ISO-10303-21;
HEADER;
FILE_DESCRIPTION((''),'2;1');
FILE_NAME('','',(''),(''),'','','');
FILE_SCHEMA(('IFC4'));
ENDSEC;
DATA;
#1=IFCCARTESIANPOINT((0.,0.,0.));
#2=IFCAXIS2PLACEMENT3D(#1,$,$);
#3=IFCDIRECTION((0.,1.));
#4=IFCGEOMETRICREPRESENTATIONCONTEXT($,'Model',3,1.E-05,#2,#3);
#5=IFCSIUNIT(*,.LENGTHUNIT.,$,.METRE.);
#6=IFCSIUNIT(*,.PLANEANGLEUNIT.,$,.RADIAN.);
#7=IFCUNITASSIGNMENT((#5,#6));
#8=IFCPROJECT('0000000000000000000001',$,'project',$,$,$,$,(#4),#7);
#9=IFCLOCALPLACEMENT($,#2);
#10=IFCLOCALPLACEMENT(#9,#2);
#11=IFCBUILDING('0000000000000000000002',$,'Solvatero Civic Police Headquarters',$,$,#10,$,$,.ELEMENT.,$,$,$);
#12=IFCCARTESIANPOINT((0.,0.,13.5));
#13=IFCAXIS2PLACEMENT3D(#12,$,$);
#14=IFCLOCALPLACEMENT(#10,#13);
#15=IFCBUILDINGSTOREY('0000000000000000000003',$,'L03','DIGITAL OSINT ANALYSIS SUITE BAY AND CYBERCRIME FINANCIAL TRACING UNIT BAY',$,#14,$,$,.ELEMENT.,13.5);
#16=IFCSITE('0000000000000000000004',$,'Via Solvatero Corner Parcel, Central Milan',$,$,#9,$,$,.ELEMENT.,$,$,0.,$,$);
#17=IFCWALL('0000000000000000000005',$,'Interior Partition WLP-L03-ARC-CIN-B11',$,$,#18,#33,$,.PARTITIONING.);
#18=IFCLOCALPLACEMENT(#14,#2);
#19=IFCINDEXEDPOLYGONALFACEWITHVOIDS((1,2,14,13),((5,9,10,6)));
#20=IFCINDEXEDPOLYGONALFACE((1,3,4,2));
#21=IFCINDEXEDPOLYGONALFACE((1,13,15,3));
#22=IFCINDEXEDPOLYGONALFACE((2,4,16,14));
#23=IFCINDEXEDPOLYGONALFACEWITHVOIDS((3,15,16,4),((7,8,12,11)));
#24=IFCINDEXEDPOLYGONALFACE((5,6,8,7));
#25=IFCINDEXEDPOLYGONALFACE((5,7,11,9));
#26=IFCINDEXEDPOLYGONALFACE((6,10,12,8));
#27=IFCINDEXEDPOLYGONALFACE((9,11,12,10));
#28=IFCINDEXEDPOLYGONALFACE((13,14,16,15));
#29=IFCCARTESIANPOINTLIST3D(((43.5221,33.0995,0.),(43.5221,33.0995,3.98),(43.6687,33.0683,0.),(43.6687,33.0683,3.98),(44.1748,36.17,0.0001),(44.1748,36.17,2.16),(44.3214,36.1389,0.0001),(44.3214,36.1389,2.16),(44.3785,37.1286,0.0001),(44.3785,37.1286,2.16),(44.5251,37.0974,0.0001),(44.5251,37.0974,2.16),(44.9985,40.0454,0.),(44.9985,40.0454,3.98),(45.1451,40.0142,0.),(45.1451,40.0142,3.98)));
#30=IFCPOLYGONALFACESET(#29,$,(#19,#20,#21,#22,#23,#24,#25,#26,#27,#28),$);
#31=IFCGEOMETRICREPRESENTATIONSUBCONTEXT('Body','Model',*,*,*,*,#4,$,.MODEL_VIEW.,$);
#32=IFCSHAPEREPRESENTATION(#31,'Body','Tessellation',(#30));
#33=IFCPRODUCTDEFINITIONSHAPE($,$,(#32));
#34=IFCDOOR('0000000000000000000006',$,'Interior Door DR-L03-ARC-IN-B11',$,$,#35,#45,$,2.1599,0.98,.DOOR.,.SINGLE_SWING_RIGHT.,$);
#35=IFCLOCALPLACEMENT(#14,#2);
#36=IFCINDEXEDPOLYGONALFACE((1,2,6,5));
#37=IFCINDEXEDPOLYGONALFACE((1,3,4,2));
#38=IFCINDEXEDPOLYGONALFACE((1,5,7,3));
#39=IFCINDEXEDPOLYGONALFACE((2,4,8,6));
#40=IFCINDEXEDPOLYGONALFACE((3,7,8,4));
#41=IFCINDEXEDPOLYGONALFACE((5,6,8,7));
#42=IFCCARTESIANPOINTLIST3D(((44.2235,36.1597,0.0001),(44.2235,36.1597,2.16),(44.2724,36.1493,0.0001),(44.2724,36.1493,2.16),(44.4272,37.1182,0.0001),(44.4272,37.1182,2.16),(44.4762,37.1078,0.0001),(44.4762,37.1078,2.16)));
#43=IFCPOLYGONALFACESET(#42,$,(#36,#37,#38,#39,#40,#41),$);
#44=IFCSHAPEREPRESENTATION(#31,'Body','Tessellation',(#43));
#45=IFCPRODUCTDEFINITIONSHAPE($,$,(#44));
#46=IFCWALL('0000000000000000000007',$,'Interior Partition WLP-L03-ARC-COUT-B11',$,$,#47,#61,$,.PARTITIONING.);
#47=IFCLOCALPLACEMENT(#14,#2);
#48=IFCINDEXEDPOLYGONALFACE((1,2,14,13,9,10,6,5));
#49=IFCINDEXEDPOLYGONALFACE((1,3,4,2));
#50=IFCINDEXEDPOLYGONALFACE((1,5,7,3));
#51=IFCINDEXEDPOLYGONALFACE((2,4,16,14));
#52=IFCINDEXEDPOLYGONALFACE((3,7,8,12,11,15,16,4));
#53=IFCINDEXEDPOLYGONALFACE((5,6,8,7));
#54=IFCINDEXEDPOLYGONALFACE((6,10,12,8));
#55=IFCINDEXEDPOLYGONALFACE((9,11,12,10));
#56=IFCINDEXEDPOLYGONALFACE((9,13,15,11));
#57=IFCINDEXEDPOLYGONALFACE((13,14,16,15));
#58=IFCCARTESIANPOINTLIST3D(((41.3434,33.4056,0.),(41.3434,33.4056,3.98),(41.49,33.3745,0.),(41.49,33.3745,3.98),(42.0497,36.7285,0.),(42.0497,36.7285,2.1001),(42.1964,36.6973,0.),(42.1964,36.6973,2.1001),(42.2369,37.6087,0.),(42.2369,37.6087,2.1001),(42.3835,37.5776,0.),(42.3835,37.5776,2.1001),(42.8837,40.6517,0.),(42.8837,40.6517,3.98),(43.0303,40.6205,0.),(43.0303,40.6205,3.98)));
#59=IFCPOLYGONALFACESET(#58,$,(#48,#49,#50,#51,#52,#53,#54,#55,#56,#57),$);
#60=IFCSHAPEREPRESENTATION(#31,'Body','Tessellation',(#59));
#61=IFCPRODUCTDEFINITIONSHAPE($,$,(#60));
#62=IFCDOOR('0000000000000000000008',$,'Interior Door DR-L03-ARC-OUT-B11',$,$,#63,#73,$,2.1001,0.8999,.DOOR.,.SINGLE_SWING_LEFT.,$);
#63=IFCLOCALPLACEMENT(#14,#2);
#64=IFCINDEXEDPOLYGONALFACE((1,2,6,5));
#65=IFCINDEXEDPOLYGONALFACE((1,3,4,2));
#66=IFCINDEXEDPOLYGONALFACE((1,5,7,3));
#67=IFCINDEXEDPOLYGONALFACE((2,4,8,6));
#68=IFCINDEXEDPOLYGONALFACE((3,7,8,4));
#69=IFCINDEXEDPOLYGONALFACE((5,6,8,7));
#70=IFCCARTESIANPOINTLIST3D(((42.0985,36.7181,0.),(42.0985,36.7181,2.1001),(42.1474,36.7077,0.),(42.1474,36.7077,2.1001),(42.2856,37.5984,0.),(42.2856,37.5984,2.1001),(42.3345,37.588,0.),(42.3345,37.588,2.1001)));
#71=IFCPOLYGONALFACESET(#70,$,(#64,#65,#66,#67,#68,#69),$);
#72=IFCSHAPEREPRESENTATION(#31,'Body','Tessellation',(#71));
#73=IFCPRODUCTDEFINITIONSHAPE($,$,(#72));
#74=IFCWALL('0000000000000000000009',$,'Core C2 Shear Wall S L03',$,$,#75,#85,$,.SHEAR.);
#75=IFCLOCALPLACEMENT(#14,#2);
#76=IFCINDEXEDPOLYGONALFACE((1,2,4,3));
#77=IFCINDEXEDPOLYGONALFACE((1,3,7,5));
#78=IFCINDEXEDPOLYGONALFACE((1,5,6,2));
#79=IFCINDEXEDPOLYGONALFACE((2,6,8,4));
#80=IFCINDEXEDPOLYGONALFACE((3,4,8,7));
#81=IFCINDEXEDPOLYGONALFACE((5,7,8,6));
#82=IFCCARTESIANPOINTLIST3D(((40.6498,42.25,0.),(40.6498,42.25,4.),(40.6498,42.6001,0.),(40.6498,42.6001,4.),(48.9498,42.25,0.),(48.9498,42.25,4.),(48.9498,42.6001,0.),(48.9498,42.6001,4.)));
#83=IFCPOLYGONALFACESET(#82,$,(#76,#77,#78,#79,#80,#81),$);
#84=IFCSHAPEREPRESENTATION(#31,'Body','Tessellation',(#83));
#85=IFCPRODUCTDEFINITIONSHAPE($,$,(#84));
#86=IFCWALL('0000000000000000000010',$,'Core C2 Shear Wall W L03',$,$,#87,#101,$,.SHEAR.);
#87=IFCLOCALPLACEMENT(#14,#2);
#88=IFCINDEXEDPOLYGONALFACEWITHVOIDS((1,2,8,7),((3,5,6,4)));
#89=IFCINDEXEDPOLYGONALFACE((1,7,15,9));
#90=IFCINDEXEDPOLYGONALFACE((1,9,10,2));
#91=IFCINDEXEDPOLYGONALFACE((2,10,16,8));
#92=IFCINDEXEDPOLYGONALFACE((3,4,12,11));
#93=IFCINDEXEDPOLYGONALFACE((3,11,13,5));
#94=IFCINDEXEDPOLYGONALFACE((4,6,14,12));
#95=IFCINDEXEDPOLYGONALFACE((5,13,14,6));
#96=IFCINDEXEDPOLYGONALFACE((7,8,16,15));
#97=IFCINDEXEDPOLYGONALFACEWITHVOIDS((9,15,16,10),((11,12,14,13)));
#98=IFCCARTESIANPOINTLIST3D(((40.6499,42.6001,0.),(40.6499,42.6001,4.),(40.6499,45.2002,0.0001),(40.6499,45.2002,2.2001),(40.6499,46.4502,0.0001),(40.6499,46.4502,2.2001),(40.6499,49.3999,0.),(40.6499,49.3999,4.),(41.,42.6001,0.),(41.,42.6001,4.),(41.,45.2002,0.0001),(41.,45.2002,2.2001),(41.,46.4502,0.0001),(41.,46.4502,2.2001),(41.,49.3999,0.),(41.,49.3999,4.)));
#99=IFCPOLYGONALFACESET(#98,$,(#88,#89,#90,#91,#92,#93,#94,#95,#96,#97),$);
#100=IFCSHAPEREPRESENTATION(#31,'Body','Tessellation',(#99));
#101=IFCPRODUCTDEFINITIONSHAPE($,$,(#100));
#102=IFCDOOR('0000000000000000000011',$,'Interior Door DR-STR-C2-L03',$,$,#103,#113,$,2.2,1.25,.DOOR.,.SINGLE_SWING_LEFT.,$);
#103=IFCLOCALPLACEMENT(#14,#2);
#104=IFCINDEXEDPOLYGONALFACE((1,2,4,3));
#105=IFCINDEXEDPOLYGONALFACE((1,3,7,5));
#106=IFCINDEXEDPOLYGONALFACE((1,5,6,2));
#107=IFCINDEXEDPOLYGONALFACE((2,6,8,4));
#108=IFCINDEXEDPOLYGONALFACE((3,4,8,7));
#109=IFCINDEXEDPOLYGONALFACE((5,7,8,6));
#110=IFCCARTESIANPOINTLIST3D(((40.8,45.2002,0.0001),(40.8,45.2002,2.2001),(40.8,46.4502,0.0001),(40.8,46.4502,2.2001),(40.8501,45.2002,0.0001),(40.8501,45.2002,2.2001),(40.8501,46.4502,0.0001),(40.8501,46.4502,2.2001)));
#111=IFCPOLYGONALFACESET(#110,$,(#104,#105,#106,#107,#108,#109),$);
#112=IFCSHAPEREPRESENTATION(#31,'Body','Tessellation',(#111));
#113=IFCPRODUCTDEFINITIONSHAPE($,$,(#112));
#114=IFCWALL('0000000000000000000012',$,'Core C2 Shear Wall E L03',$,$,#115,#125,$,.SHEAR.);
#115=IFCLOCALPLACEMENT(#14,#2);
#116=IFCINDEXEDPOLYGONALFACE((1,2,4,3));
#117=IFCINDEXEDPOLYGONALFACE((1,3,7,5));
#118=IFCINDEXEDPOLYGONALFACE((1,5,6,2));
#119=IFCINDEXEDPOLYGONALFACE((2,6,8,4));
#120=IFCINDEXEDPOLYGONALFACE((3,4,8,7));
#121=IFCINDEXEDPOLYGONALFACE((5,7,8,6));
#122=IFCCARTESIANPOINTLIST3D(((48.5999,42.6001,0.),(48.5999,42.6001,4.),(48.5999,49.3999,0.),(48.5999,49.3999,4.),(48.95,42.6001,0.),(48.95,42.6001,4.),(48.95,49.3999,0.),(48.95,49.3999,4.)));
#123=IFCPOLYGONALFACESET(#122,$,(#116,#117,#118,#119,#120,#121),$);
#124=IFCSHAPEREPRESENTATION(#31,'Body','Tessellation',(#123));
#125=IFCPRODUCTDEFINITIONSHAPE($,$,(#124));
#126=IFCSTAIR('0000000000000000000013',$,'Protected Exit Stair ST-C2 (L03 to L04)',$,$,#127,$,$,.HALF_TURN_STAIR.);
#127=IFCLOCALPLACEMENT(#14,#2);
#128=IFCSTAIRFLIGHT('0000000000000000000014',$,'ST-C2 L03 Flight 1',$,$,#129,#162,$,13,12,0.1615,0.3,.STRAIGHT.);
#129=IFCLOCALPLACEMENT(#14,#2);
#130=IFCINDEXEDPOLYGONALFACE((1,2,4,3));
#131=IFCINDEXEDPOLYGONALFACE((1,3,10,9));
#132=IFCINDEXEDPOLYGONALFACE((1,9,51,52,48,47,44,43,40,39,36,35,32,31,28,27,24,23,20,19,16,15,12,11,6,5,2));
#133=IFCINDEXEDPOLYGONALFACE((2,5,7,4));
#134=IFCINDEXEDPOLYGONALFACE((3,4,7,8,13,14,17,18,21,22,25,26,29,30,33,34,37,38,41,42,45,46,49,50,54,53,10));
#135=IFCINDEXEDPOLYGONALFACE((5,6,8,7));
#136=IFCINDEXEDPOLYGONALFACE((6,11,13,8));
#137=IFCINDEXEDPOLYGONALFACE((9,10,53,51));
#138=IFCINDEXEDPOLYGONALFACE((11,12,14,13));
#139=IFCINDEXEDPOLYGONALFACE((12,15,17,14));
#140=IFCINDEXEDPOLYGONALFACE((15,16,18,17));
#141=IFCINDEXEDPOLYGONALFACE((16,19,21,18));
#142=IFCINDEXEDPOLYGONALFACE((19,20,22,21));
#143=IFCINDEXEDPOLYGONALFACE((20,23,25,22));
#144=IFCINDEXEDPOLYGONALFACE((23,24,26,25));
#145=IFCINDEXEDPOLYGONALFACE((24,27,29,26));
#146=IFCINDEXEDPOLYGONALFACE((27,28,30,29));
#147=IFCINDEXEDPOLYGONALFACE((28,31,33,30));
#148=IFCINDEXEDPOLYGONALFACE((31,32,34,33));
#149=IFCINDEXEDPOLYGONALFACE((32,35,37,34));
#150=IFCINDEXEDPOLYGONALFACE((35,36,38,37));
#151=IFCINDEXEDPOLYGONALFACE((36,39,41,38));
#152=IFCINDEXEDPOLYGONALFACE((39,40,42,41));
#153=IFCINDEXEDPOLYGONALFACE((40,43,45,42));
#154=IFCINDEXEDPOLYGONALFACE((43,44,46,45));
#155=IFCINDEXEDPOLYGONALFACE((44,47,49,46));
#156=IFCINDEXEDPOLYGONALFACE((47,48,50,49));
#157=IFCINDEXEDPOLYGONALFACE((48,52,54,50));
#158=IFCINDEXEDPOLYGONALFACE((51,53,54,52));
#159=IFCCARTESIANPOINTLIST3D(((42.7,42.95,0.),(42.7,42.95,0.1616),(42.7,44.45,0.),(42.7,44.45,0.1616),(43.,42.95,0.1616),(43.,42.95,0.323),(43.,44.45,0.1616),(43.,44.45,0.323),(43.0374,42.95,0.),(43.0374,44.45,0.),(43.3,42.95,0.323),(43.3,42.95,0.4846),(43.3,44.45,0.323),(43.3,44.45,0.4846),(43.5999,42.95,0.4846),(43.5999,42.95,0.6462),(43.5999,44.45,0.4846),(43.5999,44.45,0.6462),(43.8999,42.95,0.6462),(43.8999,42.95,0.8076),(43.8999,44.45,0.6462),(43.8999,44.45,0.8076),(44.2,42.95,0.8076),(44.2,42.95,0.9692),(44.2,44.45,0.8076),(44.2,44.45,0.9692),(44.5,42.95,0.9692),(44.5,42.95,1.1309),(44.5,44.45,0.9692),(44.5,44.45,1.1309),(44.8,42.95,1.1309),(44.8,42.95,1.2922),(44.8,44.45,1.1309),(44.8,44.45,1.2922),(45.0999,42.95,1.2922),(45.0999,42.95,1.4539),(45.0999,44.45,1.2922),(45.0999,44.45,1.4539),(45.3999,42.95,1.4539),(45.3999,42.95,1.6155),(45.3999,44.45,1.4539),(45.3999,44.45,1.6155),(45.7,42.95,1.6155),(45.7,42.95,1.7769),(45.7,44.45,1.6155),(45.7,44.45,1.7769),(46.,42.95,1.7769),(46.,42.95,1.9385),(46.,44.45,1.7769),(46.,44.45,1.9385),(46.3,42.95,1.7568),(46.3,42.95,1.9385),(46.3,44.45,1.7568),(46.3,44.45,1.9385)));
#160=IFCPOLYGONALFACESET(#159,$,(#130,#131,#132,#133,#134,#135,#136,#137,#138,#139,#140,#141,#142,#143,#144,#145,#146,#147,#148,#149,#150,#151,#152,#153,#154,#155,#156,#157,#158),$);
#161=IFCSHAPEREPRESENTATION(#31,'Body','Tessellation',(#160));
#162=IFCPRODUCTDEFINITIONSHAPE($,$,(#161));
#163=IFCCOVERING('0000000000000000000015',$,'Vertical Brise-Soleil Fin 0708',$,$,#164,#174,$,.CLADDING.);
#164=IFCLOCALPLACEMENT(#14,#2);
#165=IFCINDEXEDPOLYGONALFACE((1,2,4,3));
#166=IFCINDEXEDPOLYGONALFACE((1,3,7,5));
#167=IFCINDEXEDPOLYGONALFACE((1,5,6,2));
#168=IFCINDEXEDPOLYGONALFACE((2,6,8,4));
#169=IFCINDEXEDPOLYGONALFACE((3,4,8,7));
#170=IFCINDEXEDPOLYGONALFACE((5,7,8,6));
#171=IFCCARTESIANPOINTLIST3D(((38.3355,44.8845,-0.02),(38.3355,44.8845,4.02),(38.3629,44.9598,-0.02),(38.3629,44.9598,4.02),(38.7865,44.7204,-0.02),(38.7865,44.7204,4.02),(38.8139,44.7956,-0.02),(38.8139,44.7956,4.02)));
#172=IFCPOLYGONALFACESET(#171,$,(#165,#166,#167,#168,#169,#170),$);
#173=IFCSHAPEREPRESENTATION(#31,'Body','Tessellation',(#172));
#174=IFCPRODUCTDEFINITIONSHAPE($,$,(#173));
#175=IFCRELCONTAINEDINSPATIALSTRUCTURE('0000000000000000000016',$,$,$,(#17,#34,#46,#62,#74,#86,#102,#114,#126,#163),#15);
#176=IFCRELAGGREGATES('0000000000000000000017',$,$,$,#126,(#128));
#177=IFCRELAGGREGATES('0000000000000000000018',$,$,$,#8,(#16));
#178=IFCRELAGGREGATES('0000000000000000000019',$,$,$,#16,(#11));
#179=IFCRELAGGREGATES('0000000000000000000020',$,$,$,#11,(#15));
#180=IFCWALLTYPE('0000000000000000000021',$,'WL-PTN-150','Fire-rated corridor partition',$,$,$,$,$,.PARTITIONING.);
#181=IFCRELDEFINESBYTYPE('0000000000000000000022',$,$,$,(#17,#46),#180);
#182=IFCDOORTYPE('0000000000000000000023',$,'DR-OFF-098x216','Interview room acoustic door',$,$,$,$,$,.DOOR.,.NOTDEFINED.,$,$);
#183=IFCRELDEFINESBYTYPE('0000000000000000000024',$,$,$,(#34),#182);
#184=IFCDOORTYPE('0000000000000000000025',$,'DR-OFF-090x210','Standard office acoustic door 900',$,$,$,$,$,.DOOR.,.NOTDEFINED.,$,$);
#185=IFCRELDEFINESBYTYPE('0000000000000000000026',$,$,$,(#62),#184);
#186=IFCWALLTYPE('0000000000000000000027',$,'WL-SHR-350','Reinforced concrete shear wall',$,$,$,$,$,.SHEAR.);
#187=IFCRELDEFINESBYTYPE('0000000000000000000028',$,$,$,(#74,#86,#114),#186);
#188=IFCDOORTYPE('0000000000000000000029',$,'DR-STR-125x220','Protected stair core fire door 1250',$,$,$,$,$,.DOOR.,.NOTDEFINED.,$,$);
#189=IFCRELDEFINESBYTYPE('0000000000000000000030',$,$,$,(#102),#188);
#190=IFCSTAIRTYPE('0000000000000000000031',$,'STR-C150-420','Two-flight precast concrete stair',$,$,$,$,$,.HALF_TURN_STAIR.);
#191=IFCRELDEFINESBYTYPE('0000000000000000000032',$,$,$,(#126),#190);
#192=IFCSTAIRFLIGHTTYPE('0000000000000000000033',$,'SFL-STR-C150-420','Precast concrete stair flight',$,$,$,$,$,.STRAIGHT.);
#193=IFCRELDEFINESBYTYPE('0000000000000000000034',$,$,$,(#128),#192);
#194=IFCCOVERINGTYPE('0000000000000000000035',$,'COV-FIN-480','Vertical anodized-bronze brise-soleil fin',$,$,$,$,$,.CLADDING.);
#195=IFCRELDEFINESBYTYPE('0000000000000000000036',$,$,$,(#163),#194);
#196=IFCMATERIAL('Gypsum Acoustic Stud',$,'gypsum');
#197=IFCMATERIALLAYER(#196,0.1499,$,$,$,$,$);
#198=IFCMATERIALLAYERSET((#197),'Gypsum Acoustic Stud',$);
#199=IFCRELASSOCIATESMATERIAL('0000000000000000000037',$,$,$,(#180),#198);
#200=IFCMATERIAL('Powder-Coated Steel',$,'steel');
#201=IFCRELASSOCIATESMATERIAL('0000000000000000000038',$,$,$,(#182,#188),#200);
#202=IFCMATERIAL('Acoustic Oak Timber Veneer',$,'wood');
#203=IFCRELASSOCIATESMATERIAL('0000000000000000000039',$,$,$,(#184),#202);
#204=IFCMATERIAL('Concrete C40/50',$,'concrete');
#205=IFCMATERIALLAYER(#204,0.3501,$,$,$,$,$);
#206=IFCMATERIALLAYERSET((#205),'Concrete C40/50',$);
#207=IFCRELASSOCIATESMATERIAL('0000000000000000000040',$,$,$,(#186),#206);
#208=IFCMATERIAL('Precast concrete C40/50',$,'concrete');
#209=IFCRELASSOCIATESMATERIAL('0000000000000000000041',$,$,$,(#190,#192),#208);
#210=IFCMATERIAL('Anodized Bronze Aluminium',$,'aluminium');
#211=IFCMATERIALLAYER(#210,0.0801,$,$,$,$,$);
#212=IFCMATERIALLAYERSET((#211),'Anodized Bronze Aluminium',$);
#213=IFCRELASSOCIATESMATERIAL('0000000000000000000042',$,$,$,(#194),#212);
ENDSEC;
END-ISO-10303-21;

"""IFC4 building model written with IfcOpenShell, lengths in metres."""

from ifc_helpers import new_model, si_unit, direction, frame, frame_2d, origin, origin_2d, place, context, subcontext, project, spatial, polyline, rectangle, outline, extrude, material, layer, layer_set, type_object, element, fill, aggregate, save


model = new_model("IFC4")

# Units and contexts
model_context = context("Model", 3, precision=1e-05, world=origin(), true_north=direction((0.0, 1.0)))
body_context = subcontext(model_context, "Body", "Model", "MODEL_VIEW")
ifc_project = project(units=[si_unit("LENGTHUNIT", "METRE"), si_unit("PLANEANGLEUNIT", "RADIAN")], contexts=[model_context])

# Site, building, storey
site_placement = place(None, origin())
site = spatial("IfcSite", under=ifc_project, at=site_placement, Name="Via Solvatero Corner Parcel, Central Milan", CompositionType="ELEMENT", RefElevation=0.0)
building_placement = place(site_placement, origin())
building = spatial("IfcBuilding", under=site, at=building_placement, Name="Solvatero Civic Police Headquarters", CompositionType="ELEMENT")
storey_placement = place(building_placement, frame((0.0, 0.0, 13.5)))
storey = spatial("IfcBuildingStorey", under=building, at=storey_placement, Name="L03", Description="DIGITAL OSINT ANALYSIS SUITE BAY AND CYBERCRIME FINANCIAL TRACING UNIT BAY", CompositionType="ELEMENT", Elevation=13.5)

# Shared definitions
ifc_material_1 = material(Name="Anodized Bronze Aluminium", Category="aluminium")

# Walls, openings, doors
ifc_material_2 = material(Name="Acoustic Oak Timber Veneer", Category="wood")
ifc_material_3 = material(Name="Gypsum Acoustic Stud", Category="gypsum")
ifc_layer_1 = layer(ifc_material_3, 0.1499)
ifc_layer_set_1 = layer_set([ifc_layer_1], Name="Gypsum Acoustic Stud")
wall_type_1 = type_object("IfcWallType", Name="WL-PTN-150", Description="Fire-rated corridor partition", PredefinedType="PARTITIONING", material=ifc_layer_set_1)
wall_1_placement = place(storey_placement, frame((45.0718, 40.0298, 0.0), z_axis=(0.0, 0.0, 1.0), x_axis=(-0.207904, -0.978149, 0.0)))
wall_1 = element("IfcWall", 1, at=wall_1_placement, inside=storey, type_object=wall_type_1, Name="Interior Partition WLP-L03-ARC-CIN-B11", PredefinedType="PARTITIONING", context=body_context, shape_type="SweptSolid", body=[
    extrude(rectangle(XDim=7.1011, YDim=0.1499, at=frame_2d((3.5505, 0.0))), origin(), (0.0, 0.0, 1.0), 3.98),
])
opening_1_placement = place(wall_1_placement, frame((2.9819, 0.0, 0.0)))
opening_1 = element("IfcOpeningElement", 2, at=opening_1_placement, cuts=wall_1, PredefinedType="OPENING", context=body_context, shape_type="SweptSolid", body=[
    extrude(rectangle(XDim=0.98, YDim=2.1599, at=frame_2d((0.49, 1.0801))), frame((0.0, 0.085, 0.0), z_axis=(0.0, -1.0, 0.0), x_axis=(1.0, 0.0, 0.0)), (0.0, 0.0, 1.0), 0.1699),
])
ifc_material_4 = material(Name="Powder-Coated Steel", Category="steel")
door_type_1 = type_object("IfcDoorType", Name="DR-OFF-098x216", Description="Interview room acoustic door", OperationType="NOTDEFINED", PredefinedType="DOOR", material=ifc_material_4)
door_1_placement = place(opening_1_placement, origin())
door_1 = element("IfcDoor", 3, at=door_1_placement, inside=storey, type_object=door_type_1, Name="Interior Door DR-L03-ARC-IN-B11", OperationType="SINGLE_SWING_RIGHT", OverallHeight=2.1599, OverallWidth=0.98, PredefinedType="DOOR", context=body_context, shape_type="SweptSolid", body=[
    extrude(rectangle(XDim=0.98, YDim=2.1599, at=frame_2d((0.49, 1.0801))), frame((0.0, 0.0249, 0.0), z_axis=(0.0, -1.0, 0.0), x_axis=(1.0, 0.0, 0.0)), (0.0, 0.0, 1.0), 0.05),
])
fill(opening_1, door_1)
wall_2_placement = place(storey_placement, frame((42.957, 40.6362, 0.0), z_axis=(0.0, 0.0, 1.0), x_axis=(-0.207922, -0.978145, 0.0)))
wall_2 = element("IfcWall", 4, at=wall_2_placement, inside=storey, type_object=wall_type_1, Name="Interior Partition WLP-L03-ARC-COUT-B11", PredefinedType="PARTITIONING", context=body_context, shape_type="SweptSolid", body=[
    extrude(rectangle(XDim=7.408, YDim=0.1499, at=frame_2d((3.7041, 0.0))), origin(), (0.0, 0.0, 1.0), 3.98),
])
opening_2_placement = place(wall_2_placement, frame((3.1111, 0.0, 0.0)))
opening_2 = element("IfcOpeningElement", 5, at=opening_2_placement, cuts=wall_2, PredefinedType="OPENING", context=body_context, shape_type="SweptSolid", body=[
    extrude(rectangle(XDim=0.8999, YDim=2.1001, at=frame_2d((0.45, 1.05))), frame((0.0, 0.085, 0.0), z_axis=(0.0, -1.0, 0.0), x_axis=(1.0, 0.0, 0.0)), (0.0, 0.0, 1.0), 0.1699),
])
door_type_2 = type_object("IfcDoorType", Name="DR-OFF-090x210", Description="Standard office acoustic door 900", OperationType="NOTDEFINED", PredefinedType="DOOR", material=ifc_material_2)
door_2_placement = place(opening_2_placement, origin())
door_2 = element("IfcDoor", 6, at=door_2_placement, inside=storey, type_object=door_type_2, Name="Interior Door DR-L03-ARC-OUT-B11", OperationType="SINGLE_SWING_LEFT", OverallHeight=2.1001, OverallWidth=0.8999, PredefinedType="DOOR", context=body_context, shape_type="SweptSolid", body=[
    extrude(rectangle(XDim=0.8999, YDim=2.1001, at=frame_2d((0.45, 1.05))), frame((0.0, 0.0249, 0.0), z_axis=(0.0, -1.0, 0.0), x_axis=(1.0, 0.0, 0.0)), (0.0, 0.0, 1.0), 0.05),
])
fill(opening_2, door_2)

# Wall
ifc_material_5 = material(Name="Concrete C40/50", Category="concrete")
ifc_layer_2 = layer(ifc_material_5, 0.3501)
ifc_layer_set_2 = layer_set([ifc_layer_2], Name="Concrete C40/50")
wall_type_2 = type_object("IfcWallType", Name="WL-SHR-350", Description="Reinforced concrete shear wall", PredefinedType="SHEAR", material=ifc_layer_set_2)
wall_3_placement = place(storey_placement, frame((40.6499, 42.425, 0.0), z_axis=(0.0, 0.0, 1.0), x_axis=(1.0, 0.0, 0.0)))
element("IfcWall", 7, at=wall_3_placement, inside=storey, type_object=wall_type_2, Name="Core C2 Shear Wall S L03", PredefinedType="SHEAR", context=body_context, shape_type="SweptSolid", body=[
    extrude(rectangle(XDim=8.3, YDim=0.3501, at=frame_2d((4.1499, 0.0))), origin(), (0.0, 0.0, 1.0), 4.0),
])

# Wall, opening, door
wall_4_placement = place(storey_placement, frame((40.825, 42.6001, 0.0), z_axis=(0.0, 0.0, 1.0), x_axis=(0.0, 1.0, 0.0)))
wall_4 = element("IfcWall", 8, at=wall_4_placement, inside=storey, type_object=wall_type_2, Name="Core C2 Shear Wall W L03", PredefinedType="SHEAR", context=body_context, shape_type="SweptSolid", body=[
    extrude(rectangle(XDim=6.7998, YDim=0.3501, at=frame_2d((3.3999, 0.0))), origin(), (0.0, 0.0, 1.0), 4.0),
])
opening_3_placement = place(wall_4_placement, frame((2.6001, 0.0, 0.0)))
opening_3 = element("IfcOpeningElement", 9, at=opening_3_placement, cuts=wall_4, PredefinedType="OPENING", context=body_context, shape_type="SweptSolid", body=[
    extrude(rectangle(XDim=1.25, YDim=2.2, at=frame_2d((0.625, 1.1001))), frame((0.0, 0.1851, 0.0), z_axis=(0.0, -1.0, 0.0), x_axis=(1.0, 0.0, 0.0)), (0.0, 0.0, 1.0), 0.3701),
])
door_type_3 = type_object("IfcDoorType", Name="DR-STR-125x220", Description="Protected stair core fire door 1250", OperationType="NOTDEFINED", PredefinedType="DOOR", material=ifc_material_4)
door_3_placement = place(opening_3_placement, origin())
door_3 = element("IfcDoor", 10, at=door_3_placement, inside=storey, type_object=door_type_3, Name="Interior Door DR-STR-C2-L03", OperationType="SINGLE_SWING_LEFT", OverallHeight=2.2, OverallWidth=1.25, PredefinedType="DOOR", context=body_context, shape_type="SweptSolid", body=[
    extrude(rectangle(XDim=1.25, YDim=2.2, at=frame_2d((0.625, 1.1001))), frame((0.0, 0.0249, 0.0), z_axis=(0.0, -1.0, 0.0), x_axis=(1.0, 0.0, 0.0)), (0.0, 0.0, 1.0), 0.05),
])
fill(opening_3, door_3)

# Wall
wall_5_placement = place(storey_placement, frame((48.7749, 42.6001, 0.0), z_axis=(0.0, 0.0, 1.0), x_axis=(0.0, 1.0, 0.0)))
element("IfcWall", 11, at=wall_5_placement, inside=storey, type_object=wall_type_2, Name="Core C2 Shear Wall E L03", PredefinedType="SHEAR", context=body_context, shape_type="SweptSolid", body=[
    extrude(rectangle(XDim=6.7998, YDim=0.3501, at=frame_2d((3.3999, 0.0))), origin(), (0.0, 0.0, 1.0), 4.0),
])

# Stair, stair flight
ifc_material_6 = material(Name="Precast concrete C40/50", Category="concrete")
stair_type = type_object("IfcStairType", Name="STR-C150-420", Description="Two-flight precast concrete stair", PredefinedType="HALF_TURN_STAIR", material=ifc_material_6)
stair_placement = place(storey_placement, origin())
stair = element("IfcStair", 12, at=stair_placement, inside=storey, type_object=stair_type, Name="Protected Exit Stair ST-C2 (L03 to L04)", PredefinedType="HALF_TURN_STAIR")
stair_flight_type = type_object("IfcStairFlightType", Name="SFL-STR-C150-420", Description="Precast concrete stair flight", PredefinedType="STRAIGHT", material=ifc_material_6)
stair_flight_placement = place(storey_placement, frame((42.7, 43.7, 0.0), z_axis=(0.0, 0.0, 1.0), x_axis=(1.0, 0.0, 0.0)))
stair_flight = element("IfcStairFlight", 13, at=stair_flight_placement, type_object=stair_flight_type, Name="ST-C2 L03 Flight 1", NumberOfRisers=13, NumberOfTreads=12, PredefinedType="STRAIGHT", RiserHeight=0.1615, TreadLength=0.3, context=body_context, shape_type="SweptSolid", body=[
    extrude(outline(polyline([(0.0, 0.0), (0.0, 0.1616), (0.3, 0.1616), (0.3, 0.323), (0.6001, 0.323), (0.6001, 0.4846), (0.8999, 0.4846), (0.8999, 0.6462), (1.2, 0.6462), (1.2, 0.8076), (1.5, 0.8076), (1.5, 0.9692), (1.8, 0.9692), (1.8, 1.1309), (2.1001, 1.1309), (2.1001, 1.2922), (2.3999, 1.2922), (2.3999, 1.4539), (2.7, 1.4539), (2.7, 1.6155), (3.0, 1.6155), (3.0, 1.7769), (3.3, 1.7769), (3.3, 1.9385), (3.6001, 1.9385), (3.6001, 2.1001), (3.6001, 1.7568), (0.3374, 0.0), (0.0, 0.0)])), frame((0.0, 0.75, 0.0), z_axis=(0.0, -1.0, 0.0), x_axis=(1.0, 0.0, 0.0)), (0.0, 0.0, 1.0), 1.5),
])
aggregate(stair, [stair_flight])

# Covering
ifc_layer_3 = layer(ifc_material_1, 0.0801)
ifc_layer_set_3 = layer_set([ifc_layer_3], Name="Anodized Bronze Aluminium")
covering_type = type_object("IfcCoveringType", Name="COV-FIN-480", Description="Vertical anodized-bronze brise-soleil fin", PredefinedType="CLADDING", material=ifc_layer_set_3)
covering_placement = place(storey_placement, frame((38.5747, 44.8401, -0.02), z_axis=(0.0, 0.0, 1.0), x_axis=(-0.34202, -0.939693, 0.0)))
element("IfcCovering", 14, at=covering_placement, inside=storey, type_object=covering_type, Name="Vertical Brise-Soleil Fin 0708", PredefinedType="CLADDING", context=body_context, shape_type="SweptSolid", body=[
    extrude(rectangle(XDim=0.0801, YDim=0.48, at=origin_2d()), origin(), (0.0, 0.0, 1.0), 4.04),
])

save(model, "model.ifc")
